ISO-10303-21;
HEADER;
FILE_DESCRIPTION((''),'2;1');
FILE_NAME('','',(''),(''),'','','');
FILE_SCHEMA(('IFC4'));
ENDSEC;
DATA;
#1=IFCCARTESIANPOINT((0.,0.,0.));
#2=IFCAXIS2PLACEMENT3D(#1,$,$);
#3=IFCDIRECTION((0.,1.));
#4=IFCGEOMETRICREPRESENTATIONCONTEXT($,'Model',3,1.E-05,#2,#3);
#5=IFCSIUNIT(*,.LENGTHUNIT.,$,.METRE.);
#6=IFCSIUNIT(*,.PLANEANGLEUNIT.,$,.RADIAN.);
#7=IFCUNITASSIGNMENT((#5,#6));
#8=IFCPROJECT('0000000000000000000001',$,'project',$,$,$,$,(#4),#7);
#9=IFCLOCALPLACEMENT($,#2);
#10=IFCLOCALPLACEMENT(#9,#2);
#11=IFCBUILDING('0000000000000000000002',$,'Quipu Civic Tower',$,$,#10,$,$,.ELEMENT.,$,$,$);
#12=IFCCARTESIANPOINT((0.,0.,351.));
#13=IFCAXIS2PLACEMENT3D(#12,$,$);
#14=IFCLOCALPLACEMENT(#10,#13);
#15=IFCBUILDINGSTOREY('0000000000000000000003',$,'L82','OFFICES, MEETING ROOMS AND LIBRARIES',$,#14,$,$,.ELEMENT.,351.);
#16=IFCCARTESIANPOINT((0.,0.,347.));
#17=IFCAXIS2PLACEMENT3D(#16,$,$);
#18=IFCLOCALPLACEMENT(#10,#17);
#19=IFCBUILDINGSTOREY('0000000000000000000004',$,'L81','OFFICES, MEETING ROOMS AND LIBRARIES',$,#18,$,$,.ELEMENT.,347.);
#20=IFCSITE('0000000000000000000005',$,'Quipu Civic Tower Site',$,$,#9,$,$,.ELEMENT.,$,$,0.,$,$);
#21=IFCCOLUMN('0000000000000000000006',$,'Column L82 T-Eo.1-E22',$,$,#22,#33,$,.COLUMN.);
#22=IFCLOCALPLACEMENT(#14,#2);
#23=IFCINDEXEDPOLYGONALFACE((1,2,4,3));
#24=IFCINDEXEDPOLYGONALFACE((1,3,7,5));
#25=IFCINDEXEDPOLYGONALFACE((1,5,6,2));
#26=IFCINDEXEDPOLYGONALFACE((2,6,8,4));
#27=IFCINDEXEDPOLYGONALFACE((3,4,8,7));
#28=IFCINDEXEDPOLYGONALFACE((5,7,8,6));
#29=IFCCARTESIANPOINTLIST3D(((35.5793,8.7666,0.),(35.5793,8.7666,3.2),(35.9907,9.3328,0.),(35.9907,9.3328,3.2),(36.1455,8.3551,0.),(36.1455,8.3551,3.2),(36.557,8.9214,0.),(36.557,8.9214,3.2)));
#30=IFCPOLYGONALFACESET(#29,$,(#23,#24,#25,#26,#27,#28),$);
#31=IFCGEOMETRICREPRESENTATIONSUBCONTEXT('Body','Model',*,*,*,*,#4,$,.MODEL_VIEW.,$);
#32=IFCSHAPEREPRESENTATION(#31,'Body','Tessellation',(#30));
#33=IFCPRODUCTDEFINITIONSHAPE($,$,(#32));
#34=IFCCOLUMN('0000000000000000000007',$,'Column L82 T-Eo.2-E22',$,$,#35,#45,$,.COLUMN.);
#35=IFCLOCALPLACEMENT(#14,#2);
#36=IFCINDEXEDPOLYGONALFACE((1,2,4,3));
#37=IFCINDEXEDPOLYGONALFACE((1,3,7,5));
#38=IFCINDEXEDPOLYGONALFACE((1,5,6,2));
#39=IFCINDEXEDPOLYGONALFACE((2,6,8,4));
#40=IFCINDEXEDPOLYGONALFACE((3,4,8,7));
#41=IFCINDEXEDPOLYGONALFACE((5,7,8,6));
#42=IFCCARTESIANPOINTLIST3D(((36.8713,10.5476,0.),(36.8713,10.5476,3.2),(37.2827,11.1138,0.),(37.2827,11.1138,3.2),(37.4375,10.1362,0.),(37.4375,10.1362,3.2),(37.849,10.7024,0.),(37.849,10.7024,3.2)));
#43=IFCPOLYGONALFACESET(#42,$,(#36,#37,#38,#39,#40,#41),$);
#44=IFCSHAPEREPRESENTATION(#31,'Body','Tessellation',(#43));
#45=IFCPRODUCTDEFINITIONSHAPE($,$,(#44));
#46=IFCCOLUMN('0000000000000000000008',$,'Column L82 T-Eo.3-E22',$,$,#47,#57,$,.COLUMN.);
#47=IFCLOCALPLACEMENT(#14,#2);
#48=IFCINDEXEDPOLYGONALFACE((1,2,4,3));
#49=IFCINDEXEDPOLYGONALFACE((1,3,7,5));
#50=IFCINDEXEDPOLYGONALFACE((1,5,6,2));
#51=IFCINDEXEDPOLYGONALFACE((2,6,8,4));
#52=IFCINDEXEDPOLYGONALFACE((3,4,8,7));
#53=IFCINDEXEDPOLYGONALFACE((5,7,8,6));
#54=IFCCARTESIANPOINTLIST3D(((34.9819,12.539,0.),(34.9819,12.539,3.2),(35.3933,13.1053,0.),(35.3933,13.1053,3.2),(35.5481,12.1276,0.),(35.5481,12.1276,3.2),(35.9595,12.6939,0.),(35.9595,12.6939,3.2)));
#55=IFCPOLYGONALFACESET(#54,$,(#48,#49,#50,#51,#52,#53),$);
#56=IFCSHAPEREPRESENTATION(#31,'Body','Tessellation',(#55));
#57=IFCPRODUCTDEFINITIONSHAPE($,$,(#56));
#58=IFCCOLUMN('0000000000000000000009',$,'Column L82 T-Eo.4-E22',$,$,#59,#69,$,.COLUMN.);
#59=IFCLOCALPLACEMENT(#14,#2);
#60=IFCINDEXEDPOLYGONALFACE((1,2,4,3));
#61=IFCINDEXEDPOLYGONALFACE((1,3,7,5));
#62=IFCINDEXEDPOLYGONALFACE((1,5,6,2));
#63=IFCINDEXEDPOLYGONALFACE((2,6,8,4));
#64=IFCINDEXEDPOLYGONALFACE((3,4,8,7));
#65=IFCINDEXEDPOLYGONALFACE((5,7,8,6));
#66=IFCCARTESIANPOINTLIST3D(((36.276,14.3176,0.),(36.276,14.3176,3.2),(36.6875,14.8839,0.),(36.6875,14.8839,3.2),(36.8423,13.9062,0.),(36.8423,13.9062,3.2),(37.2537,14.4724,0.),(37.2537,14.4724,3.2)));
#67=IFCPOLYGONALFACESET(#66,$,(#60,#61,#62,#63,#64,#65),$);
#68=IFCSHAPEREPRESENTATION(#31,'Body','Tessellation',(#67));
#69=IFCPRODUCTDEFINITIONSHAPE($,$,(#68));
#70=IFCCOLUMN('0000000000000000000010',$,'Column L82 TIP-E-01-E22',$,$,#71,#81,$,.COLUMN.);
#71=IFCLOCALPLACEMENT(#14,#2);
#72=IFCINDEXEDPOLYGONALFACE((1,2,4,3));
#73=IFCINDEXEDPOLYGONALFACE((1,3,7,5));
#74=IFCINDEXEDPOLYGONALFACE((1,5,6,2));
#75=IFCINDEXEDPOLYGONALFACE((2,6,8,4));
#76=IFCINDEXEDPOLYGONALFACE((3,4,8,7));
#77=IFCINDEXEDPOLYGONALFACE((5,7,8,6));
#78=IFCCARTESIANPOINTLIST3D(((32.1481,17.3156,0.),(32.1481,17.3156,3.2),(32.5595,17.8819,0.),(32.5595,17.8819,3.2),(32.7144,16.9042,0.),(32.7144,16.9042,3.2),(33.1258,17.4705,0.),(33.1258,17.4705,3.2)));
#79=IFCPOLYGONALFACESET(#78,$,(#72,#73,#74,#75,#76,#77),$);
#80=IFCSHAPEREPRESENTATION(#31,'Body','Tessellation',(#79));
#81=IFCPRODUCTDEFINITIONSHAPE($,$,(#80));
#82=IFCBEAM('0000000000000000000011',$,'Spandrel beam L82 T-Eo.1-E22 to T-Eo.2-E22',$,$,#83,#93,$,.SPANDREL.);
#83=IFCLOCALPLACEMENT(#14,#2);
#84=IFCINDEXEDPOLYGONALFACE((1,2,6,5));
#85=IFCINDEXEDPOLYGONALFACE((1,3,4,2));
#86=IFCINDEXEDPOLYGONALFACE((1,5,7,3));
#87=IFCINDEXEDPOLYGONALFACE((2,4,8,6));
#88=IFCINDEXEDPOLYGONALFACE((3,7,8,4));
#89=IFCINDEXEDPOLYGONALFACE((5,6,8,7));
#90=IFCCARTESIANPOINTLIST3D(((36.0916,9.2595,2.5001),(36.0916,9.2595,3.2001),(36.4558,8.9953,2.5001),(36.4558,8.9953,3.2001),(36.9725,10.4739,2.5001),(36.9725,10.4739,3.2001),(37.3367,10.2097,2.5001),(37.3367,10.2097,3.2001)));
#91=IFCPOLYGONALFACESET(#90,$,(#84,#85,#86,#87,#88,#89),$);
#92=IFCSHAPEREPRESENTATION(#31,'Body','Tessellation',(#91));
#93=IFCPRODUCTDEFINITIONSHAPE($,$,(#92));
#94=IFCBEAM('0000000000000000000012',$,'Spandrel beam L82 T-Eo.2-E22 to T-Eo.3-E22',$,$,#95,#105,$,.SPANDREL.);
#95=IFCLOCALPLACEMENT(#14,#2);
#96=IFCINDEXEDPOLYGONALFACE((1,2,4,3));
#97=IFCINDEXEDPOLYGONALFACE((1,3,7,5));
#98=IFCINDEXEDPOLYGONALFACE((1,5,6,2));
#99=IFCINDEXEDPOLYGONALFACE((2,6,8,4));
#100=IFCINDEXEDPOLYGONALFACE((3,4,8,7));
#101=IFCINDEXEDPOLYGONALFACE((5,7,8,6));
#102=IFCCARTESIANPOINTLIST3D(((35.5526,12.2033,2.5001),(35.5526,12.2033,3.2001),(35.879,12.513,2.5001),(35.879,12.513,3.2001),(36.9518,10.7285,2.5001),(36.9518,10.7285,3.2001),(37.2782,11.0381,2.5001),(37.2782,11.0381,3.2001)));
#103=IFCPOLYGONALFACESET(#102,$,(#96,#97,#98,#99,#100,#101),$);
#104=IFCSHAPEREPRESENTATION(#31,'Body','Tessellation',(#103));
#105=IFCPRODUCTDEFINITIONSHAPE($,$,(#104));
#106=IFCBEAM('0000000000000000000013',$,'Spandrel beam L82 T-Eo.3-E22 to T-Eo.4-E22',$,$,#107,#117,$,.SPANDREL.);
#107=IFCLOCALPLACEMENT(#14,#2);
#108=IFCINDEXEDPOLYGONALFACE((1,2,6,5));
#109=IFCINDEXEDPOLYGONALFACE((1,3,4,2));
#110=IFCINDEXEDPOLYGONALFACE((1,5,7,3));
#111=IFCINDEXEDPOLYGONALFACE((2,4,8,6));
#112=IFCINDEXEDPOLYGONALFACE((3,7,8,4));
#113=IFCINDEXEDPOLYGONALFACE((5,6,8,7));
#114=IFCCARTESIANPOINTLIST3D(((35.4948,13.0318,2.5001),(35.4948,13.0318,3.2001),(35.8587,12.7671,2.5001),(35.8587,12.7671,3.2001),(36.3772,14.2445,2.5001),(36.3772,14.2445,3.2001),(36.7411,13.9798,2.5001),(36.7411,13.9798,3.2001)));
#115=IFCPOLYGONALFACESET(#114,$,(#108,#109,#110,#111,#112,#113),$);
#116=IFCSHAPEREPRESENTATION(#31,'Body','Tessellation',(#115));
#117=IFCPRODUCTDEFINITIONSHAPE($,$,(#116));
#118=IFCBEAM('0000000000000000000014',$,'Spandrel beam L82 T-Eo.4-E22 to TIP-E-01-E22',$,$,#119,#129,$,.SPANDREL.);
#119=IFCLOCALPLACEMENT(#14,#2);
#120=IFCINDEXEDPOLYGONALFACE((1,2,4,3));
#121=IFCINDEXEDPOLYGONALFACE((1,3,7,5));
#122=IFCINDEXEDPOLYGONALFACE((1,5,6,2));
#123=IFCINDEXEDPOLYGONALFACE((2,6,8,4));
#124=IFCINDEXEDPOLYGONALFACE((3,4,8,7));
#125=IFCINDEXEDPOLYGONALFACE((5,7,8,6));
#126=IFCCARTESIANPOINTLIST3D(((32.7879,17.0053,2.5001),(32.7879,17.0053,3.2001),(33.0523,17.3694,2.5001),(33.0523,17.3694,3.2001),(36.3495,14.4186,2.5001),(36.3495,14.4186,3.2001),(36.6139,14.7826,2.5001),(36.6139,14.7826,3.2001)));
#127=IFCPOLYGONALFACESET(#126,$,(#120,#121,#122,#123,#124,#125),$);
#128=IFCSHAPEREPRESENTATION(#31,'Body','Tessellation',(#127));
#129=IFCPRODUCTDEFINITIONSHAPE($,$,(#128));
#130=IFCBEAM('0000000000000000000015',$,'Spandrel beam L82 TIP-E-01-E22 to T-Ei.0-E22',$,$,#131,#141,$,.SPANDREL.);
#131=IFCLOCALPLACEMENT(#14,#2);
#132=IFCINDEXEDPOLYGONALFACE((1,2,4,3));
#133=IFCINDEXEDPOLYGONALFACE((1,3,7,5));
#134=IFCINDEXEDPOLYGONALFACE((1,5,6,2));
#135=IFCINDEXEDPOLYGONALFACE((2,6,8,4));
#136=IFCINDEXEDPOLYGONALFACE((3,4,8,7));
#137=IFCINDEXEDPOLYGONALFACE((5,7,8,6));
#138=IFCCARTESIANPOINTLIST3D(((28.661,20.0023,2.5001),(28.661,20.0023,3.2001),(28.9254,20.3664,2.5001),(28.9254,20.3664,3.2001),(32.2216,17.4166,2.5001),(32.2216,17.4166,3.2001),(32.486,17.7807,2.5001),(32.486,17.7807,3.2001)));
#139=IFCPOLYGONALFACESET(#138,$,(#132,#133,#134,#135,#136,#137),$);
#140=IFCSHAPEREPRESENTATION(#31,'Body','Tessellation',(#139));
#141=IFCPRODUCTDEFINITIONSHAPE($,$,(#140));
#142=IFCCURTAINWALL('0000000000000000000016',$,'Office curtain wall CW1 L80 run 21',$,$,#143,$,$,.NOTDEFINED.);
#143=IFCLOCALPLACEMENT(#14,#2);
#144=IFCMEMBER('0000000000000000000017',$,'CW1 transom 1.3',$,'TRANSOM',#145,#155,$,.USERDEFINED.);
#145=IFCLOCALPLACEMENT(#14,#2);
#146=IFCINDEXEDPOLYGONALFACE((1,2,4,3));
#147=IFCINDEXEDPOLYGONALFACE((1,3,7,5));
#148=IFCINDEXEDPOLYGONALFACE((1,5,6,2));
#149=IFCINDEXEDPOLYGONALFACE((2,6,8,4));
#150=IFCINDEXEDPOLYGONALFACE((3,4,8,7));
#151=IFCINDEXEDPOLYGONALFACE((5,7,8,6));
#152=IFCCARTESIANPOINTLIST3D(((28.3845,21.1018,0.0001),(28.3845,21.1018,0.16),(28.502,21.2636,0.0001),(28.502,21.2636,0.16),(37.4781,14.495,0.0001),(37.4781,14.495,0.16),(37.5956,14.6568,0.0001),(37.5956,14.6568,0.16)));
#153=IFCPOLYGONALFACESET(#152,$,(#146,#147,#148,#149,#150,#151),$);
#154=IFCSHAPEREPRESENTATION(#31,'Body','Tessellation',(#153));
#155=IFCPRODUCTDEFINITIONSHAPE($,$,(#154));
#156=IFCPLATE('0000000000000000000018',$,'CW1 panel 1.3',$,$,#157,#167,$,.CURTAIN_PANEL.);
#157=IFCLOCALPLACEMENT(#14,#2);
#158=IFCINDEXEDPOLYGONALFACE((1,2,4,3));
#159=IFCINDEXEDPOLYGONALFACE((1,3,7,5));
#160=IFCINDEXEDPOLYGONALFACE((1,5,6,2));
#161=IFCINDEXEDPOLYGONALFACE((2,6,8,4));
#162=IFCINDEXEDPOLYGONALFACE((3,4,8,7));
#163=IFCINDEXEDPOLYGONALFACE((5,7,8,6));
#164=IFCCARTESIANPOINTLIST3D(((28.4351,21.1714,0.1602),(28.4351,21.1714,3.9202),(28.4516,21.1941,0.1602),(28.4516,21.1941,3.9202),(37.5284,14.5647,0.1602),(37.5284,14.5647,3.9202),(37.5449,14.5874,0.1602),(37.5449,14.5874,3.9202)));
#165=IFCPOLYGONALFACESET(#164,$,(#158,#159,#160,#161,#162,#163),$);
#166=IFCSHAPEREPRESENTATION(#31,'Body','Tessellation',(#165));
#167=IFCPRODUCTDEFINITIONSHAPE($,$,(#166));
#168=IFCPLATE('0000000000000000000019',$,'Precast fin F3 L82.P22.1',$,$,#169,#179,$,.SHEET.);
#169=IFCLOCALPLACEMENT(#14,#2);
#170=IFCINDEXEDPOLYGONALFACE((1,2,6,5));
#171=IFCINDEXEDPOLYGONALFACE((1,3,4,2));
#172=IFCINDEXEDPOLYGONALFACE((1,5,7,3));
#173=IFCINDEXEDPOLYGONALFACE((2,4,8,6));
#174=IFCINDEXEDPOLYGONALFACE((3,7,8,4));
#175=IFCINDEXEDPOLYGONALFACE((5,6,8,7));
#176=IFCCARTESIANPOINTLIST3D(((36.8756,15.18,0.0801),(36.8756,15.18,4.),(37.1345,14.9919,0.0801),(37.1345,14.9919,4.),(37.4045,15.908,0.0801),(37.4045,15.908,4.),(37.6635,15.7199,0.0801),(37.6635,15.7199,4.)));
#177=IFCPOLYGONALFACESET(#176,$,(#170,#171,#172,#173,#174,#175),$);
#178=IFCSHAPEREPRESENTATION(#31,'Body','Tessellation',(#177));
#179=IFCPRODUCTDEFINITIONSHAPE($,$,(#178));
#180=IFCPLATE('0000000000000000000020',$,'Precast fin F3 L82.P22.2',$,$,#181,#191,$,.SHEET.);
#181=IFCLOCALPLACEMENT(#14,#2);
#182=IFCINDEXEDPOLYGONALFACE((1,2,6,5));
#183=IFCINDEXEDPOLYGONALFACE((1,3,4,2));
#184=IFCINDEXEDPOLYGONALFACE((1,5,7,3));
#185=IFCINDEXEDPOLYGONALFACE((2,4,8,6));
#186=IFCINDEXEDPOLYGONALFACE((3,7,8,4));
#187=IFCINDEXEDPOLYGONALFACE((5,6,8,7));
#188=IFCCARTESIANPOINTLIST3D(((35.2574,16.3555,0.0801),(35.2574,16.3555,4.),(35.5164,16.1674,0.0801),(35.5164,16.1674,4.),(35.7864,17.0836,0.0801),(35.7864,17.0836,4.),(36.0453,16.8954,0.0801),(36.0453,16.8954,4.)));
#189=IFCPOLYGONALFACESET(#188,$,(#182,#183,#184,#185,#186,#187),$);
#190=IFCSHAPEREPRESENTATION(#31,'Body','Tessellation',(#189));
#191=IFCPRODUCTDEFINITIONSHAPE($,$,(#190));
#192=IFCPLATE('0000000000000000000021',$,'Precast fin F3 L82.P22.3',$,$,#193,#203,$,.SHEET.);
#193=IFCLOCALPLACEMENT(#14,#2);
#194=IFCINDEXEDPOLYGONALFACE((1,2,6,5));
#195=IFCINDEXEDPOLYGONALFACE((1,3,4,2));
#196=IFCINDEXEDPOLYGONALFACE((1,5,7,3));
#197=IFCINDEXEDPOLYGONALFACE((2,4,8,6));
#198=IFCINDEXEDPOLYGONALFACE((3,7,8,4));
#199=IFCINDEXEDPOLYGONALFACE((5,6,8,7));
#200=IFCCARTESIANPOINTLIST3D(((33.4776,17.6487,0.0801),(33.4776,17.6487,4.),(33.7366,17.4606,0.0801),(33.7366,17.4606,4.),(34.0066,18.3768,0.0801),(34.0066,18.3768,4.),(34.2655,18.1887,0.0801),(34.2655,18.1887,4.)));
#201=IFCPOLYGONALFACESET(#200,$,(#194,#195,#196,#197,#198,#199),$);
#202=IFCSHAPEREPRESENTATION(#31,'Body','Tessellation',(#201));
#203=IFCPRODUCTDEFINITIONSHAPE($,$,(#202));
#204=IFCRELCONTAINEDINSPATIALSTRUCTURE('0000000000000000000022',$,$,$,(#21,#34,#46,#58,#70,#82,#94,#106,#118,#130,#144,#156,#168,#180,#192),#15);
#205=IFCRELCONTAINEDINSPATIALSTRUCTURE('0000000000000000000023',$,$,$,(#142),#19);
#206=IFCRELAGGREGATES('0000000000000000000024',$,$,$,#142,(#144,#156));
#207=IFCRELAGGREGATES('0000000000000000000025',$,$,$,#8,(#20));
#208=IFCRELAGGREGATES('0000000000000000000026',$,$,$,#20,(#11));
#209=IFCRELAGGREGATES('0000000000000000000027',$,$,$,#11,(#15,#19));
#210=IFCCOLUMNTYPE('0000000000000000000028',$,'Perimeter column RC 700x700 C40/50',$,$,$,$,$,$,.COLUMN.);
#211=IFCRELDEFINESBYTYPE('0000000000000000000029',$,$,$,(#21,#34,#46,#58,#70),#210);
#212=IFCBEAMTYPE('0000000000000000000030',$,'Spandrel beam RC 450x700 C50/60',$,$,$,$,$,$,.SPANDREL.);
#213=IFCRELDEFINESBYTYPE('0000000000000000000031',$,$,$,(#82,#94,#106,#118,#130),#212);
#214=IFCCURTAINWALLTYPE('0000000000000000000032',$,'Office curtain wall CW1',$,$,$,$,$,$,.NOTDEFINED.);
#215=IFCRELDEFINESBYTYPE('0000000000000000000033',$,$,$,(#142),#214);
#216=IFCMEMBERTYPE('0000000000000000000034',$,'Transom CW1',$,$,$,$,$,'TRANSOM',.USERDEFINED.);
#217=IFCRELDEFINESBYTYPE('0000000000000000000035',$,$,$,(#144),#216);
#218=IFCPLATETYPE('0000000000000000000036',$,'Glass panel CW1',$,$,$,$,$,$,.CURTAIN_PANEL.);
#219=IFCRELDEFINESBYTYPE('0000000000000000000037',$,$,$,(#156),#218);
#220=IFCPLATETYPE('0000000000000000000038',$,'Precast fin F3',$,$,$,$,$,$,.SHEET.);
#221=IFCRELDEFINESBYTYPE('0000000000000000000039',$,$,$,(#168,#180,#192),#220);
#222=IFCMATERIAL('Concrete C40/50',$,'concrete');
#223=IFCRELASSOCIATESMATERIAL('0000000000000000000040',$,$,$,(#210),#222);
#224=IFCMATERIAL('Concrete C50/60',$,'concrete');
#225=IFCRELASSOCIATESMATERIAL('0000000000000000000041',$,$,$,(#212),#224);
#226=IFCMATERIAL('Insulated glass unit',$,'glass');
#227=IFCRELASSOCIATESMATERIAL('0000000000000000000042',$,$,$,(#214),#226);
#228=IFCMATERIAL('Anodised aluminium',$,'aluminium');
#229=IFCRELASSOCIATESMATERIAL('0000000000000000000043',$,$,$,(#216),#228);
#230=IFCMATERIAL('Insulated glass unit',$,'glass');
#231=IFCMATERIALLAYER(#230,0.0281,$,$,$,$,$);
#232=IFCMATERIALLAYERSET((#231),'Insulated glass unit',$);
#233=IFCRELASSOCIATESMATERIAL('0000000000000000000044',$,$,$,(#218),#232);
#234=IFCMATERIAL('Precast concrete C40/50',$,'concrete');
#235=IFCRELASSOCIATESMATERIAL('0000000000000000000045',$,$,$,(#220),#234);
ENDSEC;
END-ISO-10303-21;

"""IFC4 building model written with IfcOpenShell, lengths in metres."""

from ifc_helpers import new_model, si_unit, direction, frame, origin, origin_2d, place, context, subcontext, project, spatial, rectangle, extrude, material, layer, layer_set, material_profile, profile_set, type_object, element, aggregate, save


model = new_model("IFC4")

# Units and contexts
model_context = context("Model", 3, precision=1e-05, world=origin(), true_north=direction((0.0, 1.0)))
body_context = subcontext(model_context, "Body", "Model", "MODEL_VIEW")
ifc_project = project(units=[si_unit("LENGTHUNIT", "METRE"), si_unit("PLANEANGLEUNIT", "RADIAN")], contexts=[model_context])

# Site, building, storey
site_placement = place(None, origin())
site = spatial("IfcSite", under=ifc_project, at=site_placement, Name="Quipu Civic Tower Site", CompositionType="ELEMENT", RefElevation=0.0)
building_placement = place(site_placement, origin())
building = spatial("IfcBuilding", under=site, at=building_placement, Name="Quipu Civic Tower", CompositionType="ELEMENT")
storey_1_placement = place(building_placement, frame((0.0, 0.0, 351.0)))
storey_1 = spatial("IfcBuildingStorey", under=building, at=storey_1_placement, Name="L82", Description="OFFICES, MEETING ROOMS AND LIBRARIES", CompositionType="ELEMENT", Elevation=351.0)

# Columns
ifc_material_1 = material(Name="Concrete C40/50", Category="concrete")
ifc_material_profile_1 = material_profile(ifc_material_1, rectangle(XDim=0.7, YDim=0.7, at=origin_2d()), Name="RC700x700")
ifc_profile_set_1 = profile_set([ifc_material_profile_1], Name="Concrete C40/50")
column_type = type_object("IfcColumnType", Name="Perimeter column RC 700x700 C40/50", PredefinedType="COLUMN", material=ifc_profile_set_1)
for number, where, z_axis, x_axis, name in (
    (1, (36.0681, 8.844, 0.0), (0.0, 0.0, 1.0), (0.587785, 0.809017, 0.0), "Column L82 T-Eo.1-E22"),
    (2, (37.3601, 10.625, 0.0), (0.0, 0.0, 1.0), (0.587785, 0.809017, 0.0), "Column L82 T-Eo.2-E22"),
    (3, (35.4707, 12.6165, 0.0), (0.0, 0.0, 1.0), (-0.809017, 0.587785, 0.0), "Column L82 T-Eo.3-E22"),
    (4, (36.7649, 14.395, 0.0), (0.0, 0.0, 1.0), (-0.809017, 0.587785, 0.0), "Column L82 T-Eo.4-E22"),
    (5, (32.637, 17.3931, 0.0), (0.0, 0.0, 1.0), (-0.809017, 0.587785, 0.0), "Column L82 TIP-E-01-E22"),
):
    element("IfcColumn", number, at=place(storey_1_placement, frame(where, z_axis=z_axis, x_axis=x_axis)), inside=storey_1, type_object=column_type, Name=name, PredefinedType="COLUMN", context=body_context, shape_type="SweptSolid", body=[
        extrude(rectangle(XDim=0.7, YDim=0.7, at=origin_2d()), origin(), (0.0, 0.0, 1.0), 3.2),
    ])

# Beams
ifc_material_2 = material(Name="Concrete C50/60", Category="concrete")
ifc_material_profile_2 = material_profile(ifc_material_2, rectangle(XDim=0.45, YDim=0.7, at=origin_2d()), Name="RC450x700")
ifc_profile_set_2 = profile_set([ifc_material_profile_2], Name="Concrete C50/60")
beam_type = type_object("IfcBeamType", Name="Spandrel beam RC 450x700 C50/60", PredefinedType="SPANDREL", material=ifc_profile_set_2)
beam_1_placement = place(storey_1_placement, frame((36.2737, 9.1274, 2.8501), z_axis=(0.587165, 0.809467, 0.0), x_axis=(-0.809467, 0.587165, 0.0)))
element("IfcBeam", 6, at=beam_1_placement, inside=storey_1, type_object=beam_type, Name="Spandrel beam L82 T-Eo.1-E22 to T-Eo.2-E22", PredefinedType="SPANDREL", context=body_context, shape_type="SweptSolid", body=[
    extrude(rectangle(XDim=0.45, YDim=0.7, at=origin_2d()), origin(), (0.0, 0.0, 1.0), 1.5002),
])
beam_2_placement = place(storey_1_placement, frame((37.115, 10.8833, 2.8501), z_axis=(-0.688247, 0.725476, 0.0), x_axis=(-0.725476, -0.688247, 0.0)))
element("IfcBeam", 7, at=beam_2_placement, inside=storey_1, type_object=beam_type, Name="Spandrel beam L82 T-Eo.2-E22 to T-Eo.3-E22", PredefinedType="SPANDREL", context=body_context, shape_type="SweptSolid", body=[
    extrude(rectangle(XDim=0.45, YDim=0.7, at=origin_2d()), origin(), (0.0, 0.0, 1.0), 2.033),
])
beam_3_placement = place(storey_1_placement, frame((35.6768, 12.8994, 2.8501), z_axis=(0.588346, 0.808609, 0.0), x_axis=(-0.808609, 0.588346, 0.0)))
element("IfcBeam", 8, at=beam_3_placement, inside=storey_1, type_object=beam_type, Name="Spandrel beam L82 T-Eo.3-E22 to T-Eo.4-E22", PredefinedType="SPANDREL", context=body_context, shape_type="SweptSolid", body=[
    extrude(rectangle(XDim=0.45, YDim=0.7, at=origin_2d()), origin(), (0.0, 0.0, 1.0), 1.4998),
])
beam_4_placement = place(storey_1_placement, frame((36.4817, 14.6006, 2.8501), z_axis=(-0.809117, 0.587647, 0.0), x_axis=(-0.587647, -0.809117, 0.0)))
element("IfcBeam", 9, at=beam_4_placement, inside=storey_1, type_object=beam_type, Name="Spandrel beam L82 T-Eo.4-E22 to TIP-E-01-E22", PredefinedType="SPANDREL", context=body_context, shape_type="SweptSolid", body=[
    extrude(rectangle(XDim=0.45, YDim=0.7, at=origin_2d()), origin(), (0.0, 0.0, 1.0), 4.4019),
])
beam_5_placement = place(storey_1_placement, frame((32.3538, 17.5986, 2.8501), z_axis=(-0.809146, 0.587607, 0.0), x_axis=(-0.587607, -0.809146, 0.0)))
element("IfcBeam", 10, at=beam_5_placement, inside=storey_1, type_object=beam_type, Name="Spandrel beam L82 TIP-E-01-E22 to T-Ei.0-E22", PredefinedType="SPANDREL", context=body_context, shape_type="SweptSolid", body=[
    extrude(rectangle(XDim=0.45, YDim=0.7, at=origin_2d()), origin(), (0.0, 0.0, 1.0), 4.4004),
])

# Shared definitions
storey_2_placement = place(building_placement, frame((0.0, 0.0, 347.0)))
storey_2 = spatial("IfcBuildingStorey", under=building, at=storey_2_placement, Name="L81", Description="OFFICES, MEETING ROOMS AND LIBRARIES", CompositionType="ELEMENT", Elevation=347.0)

# Curtain wall, member, plate
ifc_material_3 = material(Name="Insulated glass unit", Category="glass")
curtain_wall_type = type_object("IfcCurtainWallType", Name="Office curtain wall CW1", PredefinedType="NOTDEFINED", material=ifc_material_3)
curtain_wall_placement = place(storey_2_placement, origin())
curtain_wall = element("IfcCurtainWall", 11, at=curtain_wall_placement, inside=storey_2, type_object=curtain_wall_type, Name="Office curtain wall CW1 L80 run 21", PredefinedType="NOTDEFINED")
ifc_material_4 = material(Name="Anodised aluminium", Category="aluminium")
ifc_material_profile_3 = material_profile(ifc_material_4, rectangle(XDim=0.2, YDim=0.1599, at=origin_2d()), Name="RECT 200x160")
ifc_profile_set_3 = profile_set([ifc_material_profile_3], Name="Anodised aluminium")
member_type = type_object("IfcMemberType", Name="Transom CW1", ElementType="TRANSOM", PredefinedType="USERDEFINED", material=ifc_profile_set_3)
member_placement = place(storey_1_placement, frame((37.5369, 14.5759, 0.0801), z_axis=(-0.809022, 0.587778, 0.0), x_axis=(-0.587778, -0.809022, 0.0)))
member = element("IfcMember", 12, at=member_placement, inside=storey_1, type_object=member_type, Name="CW1 transom 1.3", ObjectType="TRANSOM", PredefinedType="USERDEFINED", context=body_context, shape_type="SweptSolid", body=[
    extrude(rectangle(XDim=0.2, YDim=0.1599, at=origin_2d()), origin(), (0.0, 0.0, 1.0), 11.2402),
])
ifc_material_5 = material(Name="Insulated glass unit", Category="glass")
ifc_layer = layer(ifc_material_5, 0.0281)
ifc_layer_set = layer_set([ifc_layer], Name="Insulated glass unit")
plate_type_1 = type_object("IfcPlateType", Name="Glass panel CW1", PredefinedType="CURTAIN_PANEL", material=ifc_layer_set)
plate_placement = place(storey_1_placement, frame((32.99, 17.8794, 0.1602), z_axis=(0.0, 0.0, 1.0), x_axis=(-0.809015, 0.587788, 0.0)))
plate = element("IfcPlate", 13, at=plate_placement, inside=storey_1, type_object=plate_type_1, Name="CW1 panel 1.3", PredefinedType="CURTAIN_PANEL", context=body_context, shape_type="SweptSolid", body=[
    extrude(rectangle(XDim=11.24, YDim=0.0281, at=origin_2d()), origin(), (0.0, 0.0, 1.0), 3.76),
])
aggregate(curtain_wall, [member, plate])

# Plates
ifc_material_6 = material(Name="Precast concrete C40/50", Category="concrete")
plate_type_2 = type_object("IfcPlateType", Name="Precast fin F3", PredefinedType="SHEET", material=ifc_material_6)
for number, where, z_axis, x_axis, name in (
    (14, (37.2695, 15.45, 0.0801), (0.0, 0.0, 1.0), (-0.809017, 0.587785, 0.0), "Precast fin F3 L82.P22.1"),
    (15, (35.6514, 16.6255, 0.0801), (0.0, 0.0, 1.0), (-0.809017, 0.587785, 0.0), "Precast fin F3 L82.P22.2"),
    (16, (33.8716, 17.9187, 0.0801), (0.0, 0.0, 1.0), (-0.809017, 0.587785, 0.0), "Precast fin F3 L82.P22.3"),
):
    element("IfcPlate", number, at=place(storey_1_placement, frame(where, z_axis=z_axis, x_axis=x_axis)), inside=storey_1, type_object=plate_type_2, Name=name, PredefinedType="SHEET", context=body_context, shape_type="SweptSolid", body=[
        extrude(rectangle(XDim=0.3201, YDim=0.8999, at=origin_2d()), origin(), (0.0, 0.0, 1.0), 3.9199),
    ])

save(model, "model.ifc")
